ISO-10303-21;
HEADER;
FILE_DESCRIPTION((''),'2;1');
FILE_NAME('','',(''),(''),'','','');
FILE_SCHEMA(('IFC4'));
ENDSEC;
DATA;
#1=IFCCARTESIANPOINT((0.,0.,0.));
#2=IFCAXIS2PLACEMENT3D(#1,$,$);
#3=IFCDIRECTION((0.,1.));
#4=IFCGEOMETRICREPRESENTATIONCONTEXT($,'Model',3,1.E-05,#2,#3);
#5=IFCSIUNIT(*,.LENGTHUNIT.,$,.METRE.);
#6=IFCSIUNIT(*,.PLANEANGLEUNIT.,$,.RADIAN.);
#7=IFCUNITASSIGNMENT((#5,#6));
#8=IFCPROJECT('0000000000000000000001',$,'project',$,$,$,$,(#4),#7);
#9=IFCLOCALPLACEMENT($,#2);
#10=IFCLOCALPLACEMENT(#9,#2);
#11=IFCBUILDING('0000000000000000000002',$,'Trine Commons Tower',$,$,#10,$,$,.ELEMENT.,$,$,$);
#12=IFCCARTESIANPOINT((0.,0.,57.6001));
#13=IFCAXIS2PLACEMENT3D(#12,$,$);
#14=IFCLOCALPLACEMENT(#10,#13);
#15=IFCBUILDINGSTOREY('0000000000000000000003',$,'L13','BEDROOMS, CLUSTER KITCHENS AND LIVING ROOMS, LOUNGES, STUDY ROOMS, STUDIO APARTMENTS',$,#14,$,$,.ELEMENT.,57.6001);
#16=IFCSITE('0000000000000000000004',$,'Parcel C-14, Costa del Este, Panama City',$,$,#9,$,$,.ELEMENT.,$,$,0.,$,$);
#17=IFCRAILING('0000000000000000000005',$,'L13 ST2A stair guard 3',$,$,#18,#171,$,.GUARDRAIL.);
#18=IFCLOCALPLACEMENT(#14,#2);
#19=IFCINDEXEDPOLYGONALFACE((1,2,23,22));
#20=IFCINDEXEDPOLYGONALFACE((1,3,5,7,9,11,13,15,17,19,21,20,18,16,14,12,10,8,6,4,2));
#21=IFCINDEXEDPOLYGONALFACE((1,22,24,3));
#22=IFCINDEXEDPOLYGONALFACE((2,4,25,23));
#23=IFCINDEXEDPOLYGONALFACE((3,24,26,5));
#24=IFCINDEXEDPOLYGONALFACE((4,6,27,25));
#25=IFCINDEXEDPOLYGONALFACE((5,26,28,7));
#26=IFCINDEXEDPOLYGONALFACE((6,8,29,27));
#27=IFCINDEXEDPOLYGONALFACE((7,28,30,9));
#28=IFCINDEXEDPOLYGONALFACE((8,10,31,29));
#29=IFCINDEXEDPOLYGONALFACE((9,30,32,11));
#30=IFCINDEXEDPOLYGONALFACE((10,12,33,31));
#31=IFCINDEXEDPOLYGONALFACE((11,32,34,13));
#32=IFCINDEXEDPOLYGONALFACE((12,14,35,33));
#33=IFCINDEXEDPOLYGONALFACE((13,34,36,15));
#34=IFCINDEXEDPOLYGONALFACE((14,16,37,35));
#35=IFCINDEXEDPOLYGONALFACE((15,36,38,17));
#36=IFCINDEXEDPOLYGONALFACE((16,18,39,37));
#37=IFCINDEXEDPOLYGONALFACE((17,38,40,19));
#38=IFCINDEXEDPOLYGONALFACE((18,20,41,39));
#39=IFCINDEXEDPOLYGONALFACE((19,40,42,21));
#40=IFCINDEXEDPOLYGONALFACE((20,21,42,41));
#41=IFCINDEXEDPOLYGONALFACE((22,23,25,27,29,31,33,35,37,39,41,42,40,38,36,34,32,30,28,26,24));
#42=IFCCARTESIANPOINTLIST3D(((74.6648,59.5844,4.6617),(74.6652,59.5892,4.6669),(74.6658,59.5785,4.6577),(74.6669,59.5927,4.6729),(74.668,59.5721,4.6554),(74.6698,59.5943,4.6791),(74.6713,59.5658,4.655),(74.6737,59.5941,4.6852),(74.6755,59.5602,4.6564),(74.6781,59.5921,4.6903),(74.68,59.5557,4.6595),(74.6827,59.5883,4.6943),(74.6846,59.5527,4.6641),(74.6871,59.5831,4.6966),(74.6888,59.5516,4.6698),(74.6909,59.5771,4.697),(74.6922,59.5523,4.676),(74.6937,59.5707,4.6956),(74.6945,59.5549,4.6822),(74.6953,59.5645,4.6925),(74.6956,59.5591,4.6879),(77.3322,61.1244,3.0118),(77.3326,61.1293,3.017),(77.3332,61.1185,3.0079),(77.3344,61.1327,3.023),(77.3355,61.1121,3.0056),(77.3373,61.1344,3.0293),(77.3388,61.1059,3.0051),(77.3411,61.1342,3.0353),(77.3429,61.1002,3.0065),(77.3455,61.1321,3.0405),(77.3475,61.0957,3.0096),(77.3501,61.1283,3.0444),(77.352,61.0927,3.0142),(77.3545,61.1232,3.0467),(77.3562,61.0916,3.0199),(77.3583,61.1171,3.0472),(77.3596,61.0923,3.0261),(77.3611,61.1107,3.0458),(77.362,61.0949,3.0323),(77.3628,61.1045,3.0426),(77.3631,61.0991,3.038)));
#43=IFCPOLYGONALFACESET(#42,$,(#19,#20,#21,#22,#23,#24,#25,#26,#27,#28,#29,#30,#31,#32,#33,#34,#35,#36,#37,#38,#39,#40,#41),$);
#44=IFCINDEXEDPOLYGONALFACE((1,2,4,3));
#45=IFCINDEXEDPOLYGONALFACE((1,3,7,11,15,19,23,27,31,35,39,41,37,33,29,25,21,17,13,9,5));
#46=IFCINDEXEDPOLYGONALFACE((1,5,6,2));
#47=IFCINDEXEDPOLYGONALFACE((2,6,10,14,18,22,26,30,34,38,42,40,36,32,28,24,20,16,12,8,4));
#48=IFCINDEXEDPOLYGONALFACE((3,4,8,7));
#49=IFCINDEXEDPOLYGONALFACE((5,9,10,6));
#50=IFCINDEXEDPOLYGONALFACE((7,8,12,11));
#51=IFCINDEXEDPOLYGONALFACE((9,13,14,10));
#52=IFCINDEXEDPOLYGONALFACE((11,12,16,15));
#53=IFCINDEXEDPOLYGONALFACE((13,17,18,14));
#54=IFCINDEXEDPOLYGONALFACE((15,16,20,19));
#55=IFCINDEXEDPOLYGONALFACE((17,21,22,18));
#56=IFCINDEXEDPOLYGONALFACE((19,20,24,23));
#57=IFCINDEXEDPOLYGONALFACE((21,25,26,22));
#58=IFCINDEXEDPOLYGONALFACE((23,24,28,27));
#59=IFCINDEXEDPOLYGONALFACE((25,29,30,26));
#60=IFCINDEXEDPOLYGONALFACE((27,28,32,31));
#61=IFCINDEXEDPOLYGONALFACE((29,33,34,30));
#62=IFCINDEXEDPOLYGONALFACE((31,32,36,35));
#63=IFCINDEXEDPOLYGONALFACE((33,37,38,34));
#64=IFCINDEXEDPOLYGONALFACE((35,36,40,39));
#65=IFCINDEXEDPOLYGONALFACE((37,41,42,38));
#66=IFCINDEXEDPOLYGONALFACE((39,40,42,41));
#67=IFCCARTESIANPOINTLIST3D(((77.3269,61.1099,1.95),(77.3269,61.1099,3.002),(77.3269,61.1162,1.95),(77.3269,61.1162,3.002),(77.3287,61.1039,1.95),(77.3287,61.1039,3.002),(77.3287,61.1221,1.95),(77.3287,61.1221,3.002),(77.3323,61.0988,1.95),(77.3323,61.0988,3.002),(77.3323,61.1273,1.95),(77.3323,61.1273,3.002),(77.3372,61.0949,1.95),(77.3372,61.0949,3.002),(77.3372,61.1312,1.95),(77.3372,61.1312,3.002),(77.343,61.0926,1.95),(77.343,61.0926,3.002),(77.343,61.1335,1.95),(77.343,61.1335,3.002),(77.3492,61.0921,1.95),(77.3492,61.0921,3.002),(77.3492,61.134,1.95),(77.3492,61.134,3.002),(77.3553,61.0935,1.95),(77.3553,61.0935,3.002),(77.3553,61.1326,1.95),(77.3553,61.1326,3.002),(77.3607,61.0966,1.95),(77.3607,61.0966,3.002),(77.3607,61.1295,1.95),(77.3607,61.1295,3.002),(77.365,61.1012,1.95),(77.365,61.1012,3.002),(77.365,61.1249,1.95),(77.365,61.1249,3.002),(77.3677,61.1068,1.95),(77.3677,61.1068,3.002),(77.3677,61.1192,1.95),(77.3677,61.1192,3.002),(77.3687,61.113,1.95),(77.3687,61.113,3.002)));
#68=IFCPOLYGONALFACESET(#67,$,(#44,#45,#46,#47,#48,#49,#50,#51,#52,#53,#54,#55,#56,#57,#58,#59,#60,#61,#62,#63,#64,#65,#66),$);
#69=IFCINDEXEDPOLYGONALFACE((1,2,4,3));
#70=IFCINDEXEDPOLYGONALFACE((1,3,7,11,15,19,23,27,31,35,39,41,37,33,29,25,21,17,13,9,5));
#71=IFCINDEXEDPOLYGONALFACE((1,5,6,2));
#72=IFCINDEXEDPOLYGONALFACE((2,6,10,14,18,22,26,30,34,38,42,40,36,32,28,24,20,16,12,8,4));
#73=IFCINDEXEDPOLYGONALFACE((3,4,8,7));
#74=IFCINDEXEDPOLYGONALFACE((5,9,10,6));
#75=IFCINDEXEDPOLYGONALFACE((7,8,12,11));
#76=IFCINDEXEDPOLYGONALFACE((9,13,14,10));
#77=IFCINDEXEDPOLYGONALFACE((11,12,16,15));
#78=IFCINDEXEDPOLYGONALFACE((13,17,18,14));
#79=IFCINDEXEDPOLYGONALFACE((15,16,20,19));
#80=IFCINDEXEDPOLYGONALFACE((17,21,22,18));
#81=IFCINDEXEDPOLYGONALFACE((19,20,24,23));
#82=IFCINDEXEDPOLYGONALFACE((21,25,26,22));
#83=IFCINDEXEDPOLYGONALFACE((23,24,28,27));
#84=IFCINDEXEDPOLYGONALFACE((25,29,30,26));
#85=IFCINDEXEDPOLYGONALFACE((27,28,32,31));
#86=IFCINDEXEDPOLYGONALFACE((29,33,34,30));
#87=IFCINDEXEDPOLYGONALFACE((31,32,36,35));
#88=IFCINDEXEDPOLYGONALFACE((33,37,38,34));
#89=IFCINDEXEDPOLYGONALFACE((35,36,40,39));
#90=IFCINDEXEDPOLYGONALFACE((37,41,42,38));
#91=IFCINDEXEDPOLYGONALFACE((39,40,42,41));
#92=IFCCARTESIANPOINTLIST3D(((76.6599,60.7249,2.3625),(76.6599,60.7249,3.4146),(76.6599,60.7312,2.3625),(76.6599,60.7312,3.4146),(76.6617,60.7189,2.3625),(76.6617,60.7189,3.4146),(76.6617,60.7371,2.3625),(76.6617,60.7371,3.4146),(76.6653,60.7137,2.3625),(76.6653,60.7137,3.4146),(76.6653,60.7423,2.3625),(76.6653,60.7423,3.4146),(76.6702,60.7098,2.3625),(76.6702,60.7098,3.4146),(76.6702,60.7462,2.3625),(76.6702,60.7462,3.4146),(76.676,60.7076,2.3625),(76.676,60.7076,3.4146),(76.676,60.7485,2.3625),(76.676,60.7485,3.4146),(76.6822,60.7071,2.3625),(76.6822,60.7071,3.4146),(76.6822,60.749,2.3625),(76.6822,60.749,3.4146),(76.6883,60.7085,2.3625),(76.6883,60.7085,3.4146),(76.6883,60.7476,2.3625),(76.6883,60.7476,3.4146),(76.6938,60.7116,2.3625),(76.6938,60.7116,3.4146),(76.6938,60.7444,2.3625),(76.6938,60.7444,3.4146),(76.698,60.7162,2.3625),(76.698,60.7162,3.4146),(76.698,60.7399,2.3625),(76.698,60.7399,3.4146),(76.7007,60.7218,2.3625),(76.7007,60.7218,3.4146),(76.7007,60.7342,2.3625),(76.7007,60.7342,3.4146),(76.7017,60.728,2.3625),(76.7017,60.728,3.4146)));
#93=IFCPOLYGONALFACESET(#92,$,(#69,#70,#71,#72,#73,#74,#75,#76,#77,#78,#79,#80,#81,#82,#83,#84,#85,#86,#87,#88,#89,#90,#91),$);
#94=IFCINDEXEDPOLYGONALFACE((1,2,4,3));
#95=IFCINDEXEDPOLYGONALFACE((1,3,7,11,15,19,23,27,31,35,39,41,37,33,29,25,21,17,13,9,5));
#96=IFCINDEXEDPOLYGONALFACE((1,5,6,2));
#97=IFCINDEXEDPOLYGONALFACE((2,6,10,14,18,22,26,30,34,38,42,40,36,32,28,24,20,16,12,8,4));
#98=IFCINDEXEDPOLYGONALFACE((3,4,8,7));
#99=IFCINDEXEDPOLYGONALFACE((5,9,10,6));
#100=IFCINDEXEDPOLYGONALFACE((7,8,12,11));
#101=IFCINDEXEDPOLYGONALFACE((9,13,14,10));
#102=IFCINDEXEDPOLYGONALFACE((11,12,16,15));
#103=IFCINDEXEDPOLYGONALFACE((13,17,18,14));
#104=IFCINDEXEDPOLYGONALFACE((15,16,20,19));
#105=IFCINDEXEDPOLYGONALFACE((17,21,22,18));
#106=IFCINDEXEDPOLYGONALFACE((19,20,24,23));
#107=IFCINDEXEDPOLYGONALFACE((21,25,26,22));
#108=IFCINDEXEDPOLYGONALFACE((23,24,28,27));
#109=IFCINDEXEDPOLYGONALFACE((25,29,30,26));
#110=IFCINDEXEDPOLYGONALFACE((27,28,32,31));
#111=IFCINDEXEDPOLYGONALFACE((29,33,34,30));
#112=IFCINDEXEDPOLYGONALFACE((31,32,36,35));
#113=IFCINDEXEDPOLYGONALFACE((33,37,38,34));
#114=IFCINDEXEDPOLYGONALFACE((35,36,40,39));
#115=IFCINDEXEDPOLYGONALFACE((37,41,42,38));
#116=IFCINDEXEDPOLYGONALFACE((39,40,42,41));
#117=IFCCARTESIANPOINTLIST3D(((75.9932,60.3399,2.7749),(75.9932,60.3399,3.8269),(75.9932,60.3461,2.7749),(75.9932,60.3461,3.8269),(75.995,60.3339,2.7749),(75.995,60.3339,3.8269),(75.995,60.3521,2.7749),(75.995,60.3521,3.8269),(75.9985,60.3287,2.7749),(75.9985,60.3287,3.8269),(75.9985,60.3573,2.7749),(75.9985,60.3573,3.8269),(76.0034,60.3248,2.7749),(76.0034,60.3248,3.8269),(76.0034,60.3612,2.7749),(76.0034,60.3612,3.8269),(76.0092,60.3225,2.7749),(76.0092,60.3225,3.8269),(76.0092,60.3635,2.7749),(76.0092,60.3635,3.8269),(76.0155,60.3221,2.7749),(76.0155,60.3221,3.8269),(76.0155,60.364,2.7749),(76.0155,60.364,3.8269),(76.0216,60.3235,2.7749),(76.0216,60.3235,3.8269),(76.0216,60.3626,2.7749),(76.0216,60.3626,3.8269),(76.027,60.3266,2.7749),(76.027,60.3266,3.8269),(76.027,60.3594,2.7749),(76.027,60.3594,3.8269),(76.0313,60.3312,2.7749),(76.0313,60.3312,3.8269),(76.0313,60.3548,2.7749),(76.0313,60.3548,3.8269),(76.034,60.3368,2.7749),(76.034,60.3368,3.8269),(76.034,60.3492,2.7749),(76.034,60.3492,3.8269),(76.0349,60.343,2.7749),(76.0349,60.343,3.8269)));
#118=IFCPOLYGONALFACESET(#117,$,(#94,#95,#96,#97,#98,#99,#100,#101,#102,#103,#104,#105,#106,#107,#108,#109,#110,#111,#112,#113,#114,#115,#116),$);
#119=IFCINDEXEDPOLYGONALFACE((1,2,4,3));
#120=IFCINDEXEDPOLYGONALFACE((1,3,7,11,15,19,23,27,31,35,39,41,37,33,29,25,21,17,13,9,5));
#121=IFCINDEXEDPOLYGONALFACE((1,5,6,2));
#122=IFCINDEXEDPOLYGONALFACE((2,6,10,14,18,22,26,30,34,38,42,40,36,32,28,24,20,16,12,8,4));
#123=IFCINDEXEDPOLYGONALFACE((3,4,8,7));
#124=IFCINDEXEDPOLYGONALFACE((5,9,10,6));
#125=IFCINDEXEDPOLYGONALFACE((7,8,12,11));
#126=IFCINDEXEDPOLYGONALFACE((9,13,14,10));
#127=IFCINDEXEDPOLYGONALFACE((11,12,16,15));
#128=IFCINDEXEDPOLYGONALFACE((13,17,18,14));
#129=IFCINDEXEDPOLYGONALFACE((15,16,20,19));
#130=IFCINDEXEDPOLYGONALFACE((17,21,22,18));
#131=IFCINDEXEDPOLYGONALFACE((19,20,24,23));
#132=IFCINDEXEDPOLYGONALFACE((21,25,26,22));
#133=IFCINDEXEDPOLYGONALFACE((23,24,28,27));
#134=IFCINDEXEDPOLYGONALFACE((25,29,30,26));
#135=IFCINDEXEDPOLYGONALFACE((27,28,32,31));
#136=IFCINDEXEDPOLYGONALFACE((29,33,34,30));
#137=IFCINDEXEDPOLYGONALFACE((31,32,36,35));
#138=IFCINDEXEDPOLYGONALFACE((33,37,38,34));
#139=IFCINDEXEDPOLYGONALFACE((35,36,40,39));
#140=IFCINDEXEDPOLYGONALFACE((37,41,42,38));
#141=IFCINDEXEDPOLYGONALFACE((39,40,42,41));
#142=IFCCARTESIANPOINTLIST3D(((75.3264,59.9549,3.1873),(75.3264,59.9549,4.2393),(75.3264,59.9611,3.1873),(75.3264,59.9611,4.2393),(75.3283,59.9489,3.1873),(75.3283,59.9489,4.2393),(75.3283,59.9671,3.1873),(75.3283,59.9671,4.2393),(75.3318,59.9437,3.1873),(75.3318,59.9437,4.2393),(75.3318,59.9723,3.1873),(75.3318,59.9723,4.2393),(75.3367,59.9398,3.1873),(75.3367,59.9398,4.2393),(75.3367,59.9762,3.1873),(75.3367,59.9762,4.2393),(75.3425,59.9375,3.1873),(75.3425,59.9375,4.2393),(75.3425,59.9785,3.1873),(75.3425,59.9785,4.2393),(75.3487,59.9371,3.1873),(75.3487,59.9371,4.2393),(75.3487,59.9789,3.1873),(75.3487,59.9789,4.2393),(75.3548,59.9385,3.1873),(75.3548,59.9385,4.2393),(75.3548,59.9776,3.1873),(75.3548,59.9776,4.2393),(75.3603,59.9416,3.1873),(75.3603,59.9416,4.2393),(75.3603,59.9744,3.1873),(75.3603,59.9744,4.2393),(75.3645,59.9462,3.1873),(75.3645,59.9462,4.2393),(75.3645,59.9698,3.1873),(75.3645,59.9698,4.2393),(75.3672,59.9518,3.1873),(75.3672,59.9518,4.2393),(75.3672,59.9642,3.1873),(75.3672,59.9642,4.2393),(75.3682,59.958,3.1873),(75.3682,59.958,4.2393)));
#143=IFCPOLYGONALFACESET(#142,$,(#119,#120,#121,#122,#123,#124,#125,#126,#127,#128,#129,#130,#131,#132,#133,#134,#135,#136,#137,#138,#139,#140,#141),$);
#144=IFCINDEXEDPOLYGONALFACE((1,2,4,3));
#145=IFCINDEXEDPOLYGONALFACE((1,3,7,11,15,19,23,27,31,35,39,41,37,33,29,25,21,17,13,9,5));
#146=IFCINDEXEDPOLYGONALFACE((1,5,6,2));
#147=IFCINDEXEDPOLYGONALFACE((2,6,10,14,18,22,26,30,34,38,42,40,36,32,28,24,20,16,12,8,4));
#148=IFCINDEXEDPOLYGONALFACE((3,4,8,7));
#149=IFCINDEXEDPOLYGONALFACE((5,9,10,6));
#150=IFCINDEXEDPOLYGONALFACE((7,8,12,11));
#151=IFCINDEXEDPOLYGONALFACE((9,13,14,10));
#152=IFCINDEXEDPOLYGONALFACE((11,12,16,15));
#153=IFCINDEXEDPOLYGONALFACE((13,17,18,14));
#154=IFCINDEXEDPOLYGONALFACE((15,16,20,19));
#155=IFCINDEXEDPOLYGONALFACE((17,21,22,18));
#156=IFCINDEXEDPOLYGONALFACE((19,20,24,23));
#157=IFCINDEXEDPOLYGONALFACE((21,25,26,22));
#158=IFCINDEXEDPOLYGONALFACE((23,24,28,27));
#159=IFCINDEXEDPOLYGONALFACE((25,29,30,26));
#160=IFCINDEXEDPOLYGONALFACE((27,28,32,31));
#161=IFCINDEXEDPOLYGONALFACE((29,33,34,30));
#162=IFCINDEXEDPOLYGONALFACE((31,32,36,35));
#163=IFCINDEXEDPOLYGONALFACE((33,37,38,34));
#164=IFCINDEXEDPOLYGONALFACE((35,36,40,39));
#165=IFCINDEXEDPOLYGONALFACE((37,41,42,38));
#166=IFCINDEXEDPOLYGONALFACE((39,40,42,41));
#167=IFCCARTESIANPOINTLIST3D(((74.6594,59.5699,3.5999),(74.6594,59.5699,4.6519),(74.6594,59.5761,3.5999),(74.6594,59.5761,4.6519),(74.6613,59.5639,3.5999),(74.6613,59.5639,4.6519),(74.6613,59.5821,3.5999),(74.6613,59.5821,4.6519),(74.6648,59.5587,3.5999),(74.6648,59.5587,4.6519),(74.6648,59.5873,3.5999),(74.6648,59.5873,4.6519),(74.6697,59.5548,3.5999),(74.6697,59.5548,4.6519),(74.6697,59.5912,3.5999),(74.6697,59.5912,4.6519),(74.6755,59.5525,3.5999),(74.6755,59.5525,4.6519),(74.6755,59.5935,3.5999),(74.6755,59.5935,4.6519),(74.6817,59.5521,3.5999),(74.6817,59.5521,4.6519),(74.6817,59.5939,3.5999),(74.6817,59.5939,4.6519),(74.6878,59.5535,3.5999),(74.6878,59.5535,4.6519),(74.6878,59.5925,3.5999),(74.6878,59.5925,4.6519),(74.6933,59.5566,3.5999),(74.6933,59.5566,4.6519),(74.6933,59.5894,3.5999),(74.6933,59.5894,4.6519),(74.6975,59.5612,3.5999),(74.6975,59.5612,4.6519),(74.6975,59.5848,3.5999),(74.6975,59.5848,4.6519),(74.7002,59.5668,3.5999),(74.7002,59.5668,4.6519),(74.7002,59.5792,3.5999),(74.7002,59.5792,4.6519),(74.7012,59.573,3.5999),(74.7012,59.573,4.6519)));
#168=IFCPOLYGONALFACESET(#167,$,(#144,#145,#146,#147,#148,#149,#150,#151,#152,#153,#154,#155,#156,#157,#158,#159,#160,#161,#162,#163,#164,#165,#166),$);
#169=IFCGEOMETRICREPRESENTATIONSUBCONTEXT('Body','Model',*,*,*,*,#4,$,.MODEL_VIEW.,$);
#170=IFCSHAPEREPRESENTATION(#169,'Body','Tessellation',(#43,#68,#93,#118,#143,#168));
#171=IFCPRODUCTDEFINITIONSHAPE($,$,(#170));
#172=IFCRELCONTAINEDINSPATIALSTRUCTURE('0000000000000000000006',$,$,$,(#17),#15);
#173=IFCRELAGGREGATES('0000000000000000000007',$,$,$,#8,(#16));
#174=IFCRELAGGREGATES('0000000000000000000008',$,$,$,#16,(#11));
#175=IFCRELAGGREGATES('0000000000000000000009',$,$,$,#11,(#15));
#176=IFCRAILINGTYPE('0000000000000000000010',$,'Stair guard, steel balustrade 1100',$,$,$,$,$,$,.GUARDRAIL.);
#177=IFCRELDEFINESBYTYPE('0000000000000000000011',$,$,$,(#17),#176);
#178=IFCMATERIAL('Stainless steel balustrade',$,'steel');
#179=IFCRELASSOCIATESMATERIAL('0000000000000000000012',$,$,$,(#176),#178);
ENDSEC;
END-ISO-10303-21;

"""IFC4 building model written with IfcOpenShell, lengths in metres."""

from ifc_helpers import new_model, si_unit, direction, frame, origin, origin_2d, place, context, subcontext, project, spatial, circle, extrude, material, type_object, element, save


model = new_model("IFC4")

# Units and contexts
model_context = context("Model", 3, precision=1e-05, world=origin(), true_north=direction((0.0, 1.0)))
body_context = subcontext(model_context, "Body", "Model", "MODEL_VIEW")
ifc_project = project(units=[si_unit("LENGTHUNIT", "METRE"), si_unit("PLANEANGLEUNIT", "RADIAN")], contexts=[model_context])

# Site, building, storey
site_placement = place(None, origin())
site = spatial("IfcSite", under=ifc_project, at=site_placement, Name="Parcel C-14, Costa del Este, Panama City", CompositionType="ELEMENT", RefElevation=0.0)
building_placement = place(site_placement, origin())
building = spatial("IfcBuilding", under=site, at=building_placement, Name="Trine Commons Tower", CompositionType="ELEMENT")
storey_placement = place(building_placement, frame((0.0, 0.0, 57.6001)))
storey = spatial("IfcBuildingStorey", under=building, at=storey_placement, Name="L13", Description="BEDROOMS, CLUSTER KITCHENS AND LIVING ROOMS, LOUNGES, STUDY ROOMS, STUDIO APARTMENTS", CompositionType="ELEMENT", Elevation=57.6001)

# Railing
ifc_material_1 = material(Name="Stainless steel balustrade", Category="steel")
railing_type_1 = type_object("IfcRailingType", Name="Stair guard, steel balustrade 1100", PredefinedType="GUARDRAIL", material=ifc_material_1)
railing_1_placement = place(storey_placement, frame((77.3477, 61.113, 1.95)))
element("IfcRailing", 1, at=railing_1_placement, inside=storey, type_object=railing_type_1, Name="L13 ST2A stair guard 3", PredefinedType="GUARDRAIL", context=body_context, shape_type="SweptSolid", body=[
    extrude(circle(Radius=0.0239, at=origin_2d()), frame((0.0, 0.0, 1.0762), z_axis=(-0.763405, -0.440743, 0.472185), x_axis=(0.499992, -0.86603, 0.0)), (0.0, 0.0, 1.0), 3.4941),
    extrude(circle(Radius=0.021, at=origin_2d()), origin(), (0.0, 0.0, 1.0), 1.052),
    extrude(circle(Radius=0.021, at=origin_2d()), frame((-0.667, -0.385, 0.4126)), (0.0, 0.0, 1.0), 1.052),
    extrude(circle(Radius=0.021, at=origin_2d()), frame((-1.3337, -0.77, 0.825)), (0.0, 0.0, 1.0), 1.052),
    extrude(circle(Radius=0.021, at=origin_2d()), frame((-2.0005, -1.155, 1.2373)), (0.0, 0.0, 1.0), 1.052),
    extrude(circle(Radius=0.021, at=origin_2d()), frame((-2.6675, -1.54, 1.6499)), (0.0, 0.0, 1.0), 1.052),
])

save(model, "model.ifc")
